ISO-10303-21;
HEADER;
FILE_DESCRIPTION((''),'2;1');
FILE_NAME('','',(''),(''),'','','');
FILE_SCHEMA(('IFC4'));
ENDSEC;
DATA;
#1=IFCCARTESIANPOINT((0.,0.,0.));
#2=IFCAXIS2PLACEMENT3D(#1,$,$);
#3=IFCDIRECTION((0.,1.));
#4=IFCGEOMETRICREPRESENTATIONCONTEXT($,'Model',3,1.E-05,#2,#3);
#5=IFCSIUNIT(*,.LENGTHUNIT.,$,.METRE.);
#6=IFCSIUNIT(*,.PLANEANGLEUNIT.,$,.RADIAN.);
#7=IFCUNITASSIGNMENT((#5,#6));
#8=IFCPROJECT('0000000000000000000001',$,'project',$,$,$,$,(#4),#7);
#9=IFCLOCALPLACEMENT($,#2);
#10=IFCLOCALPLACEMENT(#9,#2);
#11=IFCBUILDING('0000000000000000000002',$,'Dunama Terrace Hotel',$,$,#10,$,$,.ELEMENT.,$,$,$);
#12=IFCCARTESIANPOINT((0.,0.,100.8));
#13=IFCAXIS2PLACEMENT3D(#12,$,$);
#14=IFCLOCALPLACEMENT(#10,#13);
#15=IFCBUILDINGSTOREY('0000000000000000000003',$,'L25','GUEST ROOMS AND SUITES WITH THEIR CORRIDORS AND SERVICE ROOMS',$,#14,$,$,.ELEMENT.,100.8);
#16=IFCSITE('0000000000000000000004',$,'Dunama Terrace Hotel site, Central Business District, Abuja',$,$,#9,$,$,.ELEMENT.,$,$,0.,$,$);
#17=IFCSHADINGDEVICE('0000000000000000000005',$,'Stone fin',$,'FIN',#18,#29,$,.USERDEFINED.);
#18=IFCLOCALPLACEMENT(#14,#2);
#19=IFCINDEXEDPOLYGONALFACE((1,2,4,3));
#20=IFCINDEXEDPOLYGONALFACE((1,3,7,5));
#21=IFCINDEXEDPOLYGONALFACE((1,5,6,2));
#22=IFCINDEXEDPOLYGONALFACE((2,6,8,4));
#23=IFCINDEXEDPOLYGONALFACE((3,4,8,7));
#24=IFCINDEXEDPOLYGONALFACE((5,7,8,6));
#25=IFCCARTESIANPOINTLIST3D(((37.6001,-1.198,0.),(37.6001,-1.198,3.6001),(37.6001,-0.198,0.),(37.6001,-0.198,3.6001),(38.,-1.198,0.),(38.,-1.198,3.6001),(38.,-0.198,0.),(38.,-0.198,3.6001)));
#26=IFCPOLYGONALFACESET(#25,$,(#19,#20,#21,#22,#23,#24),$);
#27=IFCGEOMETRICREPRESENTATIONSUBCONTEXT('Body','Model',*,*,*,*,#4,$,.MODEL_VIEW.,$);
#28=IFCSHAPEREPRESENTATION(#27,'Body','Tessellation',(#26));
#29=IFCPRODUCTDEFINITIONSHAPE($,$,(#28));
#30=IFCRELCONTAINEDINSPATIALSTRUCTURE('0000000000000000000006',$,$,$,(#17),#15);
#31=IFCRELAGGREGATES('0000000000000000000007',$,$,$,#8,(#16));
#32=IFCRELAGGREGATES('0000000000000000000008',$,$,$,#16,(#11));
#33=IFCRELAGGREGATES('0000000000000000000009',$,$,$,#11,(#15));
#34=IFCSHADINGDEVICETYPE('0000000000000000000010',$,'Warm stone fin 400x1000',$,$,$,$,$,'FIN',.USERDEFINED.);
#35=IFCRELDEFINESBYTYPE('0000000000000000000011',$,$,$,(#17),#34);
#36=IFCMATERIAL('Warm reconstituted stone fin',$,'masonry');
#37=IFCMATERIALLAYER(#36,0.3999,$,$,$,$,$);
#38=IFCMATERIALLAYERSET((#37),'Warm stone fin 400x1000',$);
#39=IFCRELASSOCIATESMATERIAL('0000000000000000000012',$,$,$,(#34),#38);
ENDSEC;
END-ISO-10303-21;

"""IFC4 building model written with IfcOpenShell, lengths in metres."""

from ifc_helpers import new_model, si_unit, direction, frame, origin, origin_2d, place, context, subcontext, project, spatial, rectangle, extrude, material, layer, layer_set, type_object, element, save


model = new_model("IFC4")

# Units and contexts
model_context = context("Model", 3, precision=1e-05, world=origin(), true_north=direction((0.0, 1.0)))
body_context = subcontext(model_context, "Body", "Model", "MODEL_VIEW")
ifc_project = project(units=[si_unit("LENGTHUNIT", "METRE"), si_unit("PLANEANGLEUNIT", "RADIAN")], contexts=[model_context])

# Site, building, storey
site_placement = place(None, origin())
site = spatial("IfcSite", under=ifc_project, at=site_placement, Name="Dunama Terrace Hotel site, Central Business District, Abuja", CompositionType="ELEMENT", RefElevation=0.0)
building_placement = place(site_placement, origin())
building = spatial("IfcBuilding", under=site, at=building_placement, Name="Dunama Terrace Hotel", CompositionType="ELEMENT")
storey_placement = place(building_placement, frame((0.0, 0.0, 100.8)))
storey = spatial("IfcBuildingStorey", under=building, at=storey_placement, Name="L25", Description="GUEST ROOMS AND SUITES WITH THEIR CORRIDORS AND SERVICE ROOMS", CompositionType="ELEMENT", Elevation=100.8)

# Shading device
ifc_material_1 = material(Name="Warm reconstituted stone fin", Category="masonry")
ifc_layer_1 = layer(ifc_material_1, 0.3999)
ifc_layer_set_1 = layer_set([ifc_layer_1], Name="Warm stone fin 400x1000")
shading_device_type = type_object("IfcShadingDeviceType", Name="Warm stone fin 400x1000", ElementType="FIN", PredefinedType="USERDEFINED", material=ifc_layer_set_1)
shading_device_placement = place(storey_placement, frame((37.8, -0.698, 0.0), z_axis=(0.0, 0.0, 1.0), x_axis=(1.0, 0.0, 0.0)))
element("IfcShadingDevice", 1, at=shading_device_placement, inside=storey, type_object=shading_device_type, Name="Stone fin", ObjectType="FIN", PredefinedType="USERDEFINED", context=body_context, shape_type="SweptSolid", body=[
    extrude(rectangle(XDim=0.3999, YDim=1.0, at=origin_2d()), origin(), (0.0, 0.0, 1.0), 3.6001),
])

save(model, "model.ifc")
